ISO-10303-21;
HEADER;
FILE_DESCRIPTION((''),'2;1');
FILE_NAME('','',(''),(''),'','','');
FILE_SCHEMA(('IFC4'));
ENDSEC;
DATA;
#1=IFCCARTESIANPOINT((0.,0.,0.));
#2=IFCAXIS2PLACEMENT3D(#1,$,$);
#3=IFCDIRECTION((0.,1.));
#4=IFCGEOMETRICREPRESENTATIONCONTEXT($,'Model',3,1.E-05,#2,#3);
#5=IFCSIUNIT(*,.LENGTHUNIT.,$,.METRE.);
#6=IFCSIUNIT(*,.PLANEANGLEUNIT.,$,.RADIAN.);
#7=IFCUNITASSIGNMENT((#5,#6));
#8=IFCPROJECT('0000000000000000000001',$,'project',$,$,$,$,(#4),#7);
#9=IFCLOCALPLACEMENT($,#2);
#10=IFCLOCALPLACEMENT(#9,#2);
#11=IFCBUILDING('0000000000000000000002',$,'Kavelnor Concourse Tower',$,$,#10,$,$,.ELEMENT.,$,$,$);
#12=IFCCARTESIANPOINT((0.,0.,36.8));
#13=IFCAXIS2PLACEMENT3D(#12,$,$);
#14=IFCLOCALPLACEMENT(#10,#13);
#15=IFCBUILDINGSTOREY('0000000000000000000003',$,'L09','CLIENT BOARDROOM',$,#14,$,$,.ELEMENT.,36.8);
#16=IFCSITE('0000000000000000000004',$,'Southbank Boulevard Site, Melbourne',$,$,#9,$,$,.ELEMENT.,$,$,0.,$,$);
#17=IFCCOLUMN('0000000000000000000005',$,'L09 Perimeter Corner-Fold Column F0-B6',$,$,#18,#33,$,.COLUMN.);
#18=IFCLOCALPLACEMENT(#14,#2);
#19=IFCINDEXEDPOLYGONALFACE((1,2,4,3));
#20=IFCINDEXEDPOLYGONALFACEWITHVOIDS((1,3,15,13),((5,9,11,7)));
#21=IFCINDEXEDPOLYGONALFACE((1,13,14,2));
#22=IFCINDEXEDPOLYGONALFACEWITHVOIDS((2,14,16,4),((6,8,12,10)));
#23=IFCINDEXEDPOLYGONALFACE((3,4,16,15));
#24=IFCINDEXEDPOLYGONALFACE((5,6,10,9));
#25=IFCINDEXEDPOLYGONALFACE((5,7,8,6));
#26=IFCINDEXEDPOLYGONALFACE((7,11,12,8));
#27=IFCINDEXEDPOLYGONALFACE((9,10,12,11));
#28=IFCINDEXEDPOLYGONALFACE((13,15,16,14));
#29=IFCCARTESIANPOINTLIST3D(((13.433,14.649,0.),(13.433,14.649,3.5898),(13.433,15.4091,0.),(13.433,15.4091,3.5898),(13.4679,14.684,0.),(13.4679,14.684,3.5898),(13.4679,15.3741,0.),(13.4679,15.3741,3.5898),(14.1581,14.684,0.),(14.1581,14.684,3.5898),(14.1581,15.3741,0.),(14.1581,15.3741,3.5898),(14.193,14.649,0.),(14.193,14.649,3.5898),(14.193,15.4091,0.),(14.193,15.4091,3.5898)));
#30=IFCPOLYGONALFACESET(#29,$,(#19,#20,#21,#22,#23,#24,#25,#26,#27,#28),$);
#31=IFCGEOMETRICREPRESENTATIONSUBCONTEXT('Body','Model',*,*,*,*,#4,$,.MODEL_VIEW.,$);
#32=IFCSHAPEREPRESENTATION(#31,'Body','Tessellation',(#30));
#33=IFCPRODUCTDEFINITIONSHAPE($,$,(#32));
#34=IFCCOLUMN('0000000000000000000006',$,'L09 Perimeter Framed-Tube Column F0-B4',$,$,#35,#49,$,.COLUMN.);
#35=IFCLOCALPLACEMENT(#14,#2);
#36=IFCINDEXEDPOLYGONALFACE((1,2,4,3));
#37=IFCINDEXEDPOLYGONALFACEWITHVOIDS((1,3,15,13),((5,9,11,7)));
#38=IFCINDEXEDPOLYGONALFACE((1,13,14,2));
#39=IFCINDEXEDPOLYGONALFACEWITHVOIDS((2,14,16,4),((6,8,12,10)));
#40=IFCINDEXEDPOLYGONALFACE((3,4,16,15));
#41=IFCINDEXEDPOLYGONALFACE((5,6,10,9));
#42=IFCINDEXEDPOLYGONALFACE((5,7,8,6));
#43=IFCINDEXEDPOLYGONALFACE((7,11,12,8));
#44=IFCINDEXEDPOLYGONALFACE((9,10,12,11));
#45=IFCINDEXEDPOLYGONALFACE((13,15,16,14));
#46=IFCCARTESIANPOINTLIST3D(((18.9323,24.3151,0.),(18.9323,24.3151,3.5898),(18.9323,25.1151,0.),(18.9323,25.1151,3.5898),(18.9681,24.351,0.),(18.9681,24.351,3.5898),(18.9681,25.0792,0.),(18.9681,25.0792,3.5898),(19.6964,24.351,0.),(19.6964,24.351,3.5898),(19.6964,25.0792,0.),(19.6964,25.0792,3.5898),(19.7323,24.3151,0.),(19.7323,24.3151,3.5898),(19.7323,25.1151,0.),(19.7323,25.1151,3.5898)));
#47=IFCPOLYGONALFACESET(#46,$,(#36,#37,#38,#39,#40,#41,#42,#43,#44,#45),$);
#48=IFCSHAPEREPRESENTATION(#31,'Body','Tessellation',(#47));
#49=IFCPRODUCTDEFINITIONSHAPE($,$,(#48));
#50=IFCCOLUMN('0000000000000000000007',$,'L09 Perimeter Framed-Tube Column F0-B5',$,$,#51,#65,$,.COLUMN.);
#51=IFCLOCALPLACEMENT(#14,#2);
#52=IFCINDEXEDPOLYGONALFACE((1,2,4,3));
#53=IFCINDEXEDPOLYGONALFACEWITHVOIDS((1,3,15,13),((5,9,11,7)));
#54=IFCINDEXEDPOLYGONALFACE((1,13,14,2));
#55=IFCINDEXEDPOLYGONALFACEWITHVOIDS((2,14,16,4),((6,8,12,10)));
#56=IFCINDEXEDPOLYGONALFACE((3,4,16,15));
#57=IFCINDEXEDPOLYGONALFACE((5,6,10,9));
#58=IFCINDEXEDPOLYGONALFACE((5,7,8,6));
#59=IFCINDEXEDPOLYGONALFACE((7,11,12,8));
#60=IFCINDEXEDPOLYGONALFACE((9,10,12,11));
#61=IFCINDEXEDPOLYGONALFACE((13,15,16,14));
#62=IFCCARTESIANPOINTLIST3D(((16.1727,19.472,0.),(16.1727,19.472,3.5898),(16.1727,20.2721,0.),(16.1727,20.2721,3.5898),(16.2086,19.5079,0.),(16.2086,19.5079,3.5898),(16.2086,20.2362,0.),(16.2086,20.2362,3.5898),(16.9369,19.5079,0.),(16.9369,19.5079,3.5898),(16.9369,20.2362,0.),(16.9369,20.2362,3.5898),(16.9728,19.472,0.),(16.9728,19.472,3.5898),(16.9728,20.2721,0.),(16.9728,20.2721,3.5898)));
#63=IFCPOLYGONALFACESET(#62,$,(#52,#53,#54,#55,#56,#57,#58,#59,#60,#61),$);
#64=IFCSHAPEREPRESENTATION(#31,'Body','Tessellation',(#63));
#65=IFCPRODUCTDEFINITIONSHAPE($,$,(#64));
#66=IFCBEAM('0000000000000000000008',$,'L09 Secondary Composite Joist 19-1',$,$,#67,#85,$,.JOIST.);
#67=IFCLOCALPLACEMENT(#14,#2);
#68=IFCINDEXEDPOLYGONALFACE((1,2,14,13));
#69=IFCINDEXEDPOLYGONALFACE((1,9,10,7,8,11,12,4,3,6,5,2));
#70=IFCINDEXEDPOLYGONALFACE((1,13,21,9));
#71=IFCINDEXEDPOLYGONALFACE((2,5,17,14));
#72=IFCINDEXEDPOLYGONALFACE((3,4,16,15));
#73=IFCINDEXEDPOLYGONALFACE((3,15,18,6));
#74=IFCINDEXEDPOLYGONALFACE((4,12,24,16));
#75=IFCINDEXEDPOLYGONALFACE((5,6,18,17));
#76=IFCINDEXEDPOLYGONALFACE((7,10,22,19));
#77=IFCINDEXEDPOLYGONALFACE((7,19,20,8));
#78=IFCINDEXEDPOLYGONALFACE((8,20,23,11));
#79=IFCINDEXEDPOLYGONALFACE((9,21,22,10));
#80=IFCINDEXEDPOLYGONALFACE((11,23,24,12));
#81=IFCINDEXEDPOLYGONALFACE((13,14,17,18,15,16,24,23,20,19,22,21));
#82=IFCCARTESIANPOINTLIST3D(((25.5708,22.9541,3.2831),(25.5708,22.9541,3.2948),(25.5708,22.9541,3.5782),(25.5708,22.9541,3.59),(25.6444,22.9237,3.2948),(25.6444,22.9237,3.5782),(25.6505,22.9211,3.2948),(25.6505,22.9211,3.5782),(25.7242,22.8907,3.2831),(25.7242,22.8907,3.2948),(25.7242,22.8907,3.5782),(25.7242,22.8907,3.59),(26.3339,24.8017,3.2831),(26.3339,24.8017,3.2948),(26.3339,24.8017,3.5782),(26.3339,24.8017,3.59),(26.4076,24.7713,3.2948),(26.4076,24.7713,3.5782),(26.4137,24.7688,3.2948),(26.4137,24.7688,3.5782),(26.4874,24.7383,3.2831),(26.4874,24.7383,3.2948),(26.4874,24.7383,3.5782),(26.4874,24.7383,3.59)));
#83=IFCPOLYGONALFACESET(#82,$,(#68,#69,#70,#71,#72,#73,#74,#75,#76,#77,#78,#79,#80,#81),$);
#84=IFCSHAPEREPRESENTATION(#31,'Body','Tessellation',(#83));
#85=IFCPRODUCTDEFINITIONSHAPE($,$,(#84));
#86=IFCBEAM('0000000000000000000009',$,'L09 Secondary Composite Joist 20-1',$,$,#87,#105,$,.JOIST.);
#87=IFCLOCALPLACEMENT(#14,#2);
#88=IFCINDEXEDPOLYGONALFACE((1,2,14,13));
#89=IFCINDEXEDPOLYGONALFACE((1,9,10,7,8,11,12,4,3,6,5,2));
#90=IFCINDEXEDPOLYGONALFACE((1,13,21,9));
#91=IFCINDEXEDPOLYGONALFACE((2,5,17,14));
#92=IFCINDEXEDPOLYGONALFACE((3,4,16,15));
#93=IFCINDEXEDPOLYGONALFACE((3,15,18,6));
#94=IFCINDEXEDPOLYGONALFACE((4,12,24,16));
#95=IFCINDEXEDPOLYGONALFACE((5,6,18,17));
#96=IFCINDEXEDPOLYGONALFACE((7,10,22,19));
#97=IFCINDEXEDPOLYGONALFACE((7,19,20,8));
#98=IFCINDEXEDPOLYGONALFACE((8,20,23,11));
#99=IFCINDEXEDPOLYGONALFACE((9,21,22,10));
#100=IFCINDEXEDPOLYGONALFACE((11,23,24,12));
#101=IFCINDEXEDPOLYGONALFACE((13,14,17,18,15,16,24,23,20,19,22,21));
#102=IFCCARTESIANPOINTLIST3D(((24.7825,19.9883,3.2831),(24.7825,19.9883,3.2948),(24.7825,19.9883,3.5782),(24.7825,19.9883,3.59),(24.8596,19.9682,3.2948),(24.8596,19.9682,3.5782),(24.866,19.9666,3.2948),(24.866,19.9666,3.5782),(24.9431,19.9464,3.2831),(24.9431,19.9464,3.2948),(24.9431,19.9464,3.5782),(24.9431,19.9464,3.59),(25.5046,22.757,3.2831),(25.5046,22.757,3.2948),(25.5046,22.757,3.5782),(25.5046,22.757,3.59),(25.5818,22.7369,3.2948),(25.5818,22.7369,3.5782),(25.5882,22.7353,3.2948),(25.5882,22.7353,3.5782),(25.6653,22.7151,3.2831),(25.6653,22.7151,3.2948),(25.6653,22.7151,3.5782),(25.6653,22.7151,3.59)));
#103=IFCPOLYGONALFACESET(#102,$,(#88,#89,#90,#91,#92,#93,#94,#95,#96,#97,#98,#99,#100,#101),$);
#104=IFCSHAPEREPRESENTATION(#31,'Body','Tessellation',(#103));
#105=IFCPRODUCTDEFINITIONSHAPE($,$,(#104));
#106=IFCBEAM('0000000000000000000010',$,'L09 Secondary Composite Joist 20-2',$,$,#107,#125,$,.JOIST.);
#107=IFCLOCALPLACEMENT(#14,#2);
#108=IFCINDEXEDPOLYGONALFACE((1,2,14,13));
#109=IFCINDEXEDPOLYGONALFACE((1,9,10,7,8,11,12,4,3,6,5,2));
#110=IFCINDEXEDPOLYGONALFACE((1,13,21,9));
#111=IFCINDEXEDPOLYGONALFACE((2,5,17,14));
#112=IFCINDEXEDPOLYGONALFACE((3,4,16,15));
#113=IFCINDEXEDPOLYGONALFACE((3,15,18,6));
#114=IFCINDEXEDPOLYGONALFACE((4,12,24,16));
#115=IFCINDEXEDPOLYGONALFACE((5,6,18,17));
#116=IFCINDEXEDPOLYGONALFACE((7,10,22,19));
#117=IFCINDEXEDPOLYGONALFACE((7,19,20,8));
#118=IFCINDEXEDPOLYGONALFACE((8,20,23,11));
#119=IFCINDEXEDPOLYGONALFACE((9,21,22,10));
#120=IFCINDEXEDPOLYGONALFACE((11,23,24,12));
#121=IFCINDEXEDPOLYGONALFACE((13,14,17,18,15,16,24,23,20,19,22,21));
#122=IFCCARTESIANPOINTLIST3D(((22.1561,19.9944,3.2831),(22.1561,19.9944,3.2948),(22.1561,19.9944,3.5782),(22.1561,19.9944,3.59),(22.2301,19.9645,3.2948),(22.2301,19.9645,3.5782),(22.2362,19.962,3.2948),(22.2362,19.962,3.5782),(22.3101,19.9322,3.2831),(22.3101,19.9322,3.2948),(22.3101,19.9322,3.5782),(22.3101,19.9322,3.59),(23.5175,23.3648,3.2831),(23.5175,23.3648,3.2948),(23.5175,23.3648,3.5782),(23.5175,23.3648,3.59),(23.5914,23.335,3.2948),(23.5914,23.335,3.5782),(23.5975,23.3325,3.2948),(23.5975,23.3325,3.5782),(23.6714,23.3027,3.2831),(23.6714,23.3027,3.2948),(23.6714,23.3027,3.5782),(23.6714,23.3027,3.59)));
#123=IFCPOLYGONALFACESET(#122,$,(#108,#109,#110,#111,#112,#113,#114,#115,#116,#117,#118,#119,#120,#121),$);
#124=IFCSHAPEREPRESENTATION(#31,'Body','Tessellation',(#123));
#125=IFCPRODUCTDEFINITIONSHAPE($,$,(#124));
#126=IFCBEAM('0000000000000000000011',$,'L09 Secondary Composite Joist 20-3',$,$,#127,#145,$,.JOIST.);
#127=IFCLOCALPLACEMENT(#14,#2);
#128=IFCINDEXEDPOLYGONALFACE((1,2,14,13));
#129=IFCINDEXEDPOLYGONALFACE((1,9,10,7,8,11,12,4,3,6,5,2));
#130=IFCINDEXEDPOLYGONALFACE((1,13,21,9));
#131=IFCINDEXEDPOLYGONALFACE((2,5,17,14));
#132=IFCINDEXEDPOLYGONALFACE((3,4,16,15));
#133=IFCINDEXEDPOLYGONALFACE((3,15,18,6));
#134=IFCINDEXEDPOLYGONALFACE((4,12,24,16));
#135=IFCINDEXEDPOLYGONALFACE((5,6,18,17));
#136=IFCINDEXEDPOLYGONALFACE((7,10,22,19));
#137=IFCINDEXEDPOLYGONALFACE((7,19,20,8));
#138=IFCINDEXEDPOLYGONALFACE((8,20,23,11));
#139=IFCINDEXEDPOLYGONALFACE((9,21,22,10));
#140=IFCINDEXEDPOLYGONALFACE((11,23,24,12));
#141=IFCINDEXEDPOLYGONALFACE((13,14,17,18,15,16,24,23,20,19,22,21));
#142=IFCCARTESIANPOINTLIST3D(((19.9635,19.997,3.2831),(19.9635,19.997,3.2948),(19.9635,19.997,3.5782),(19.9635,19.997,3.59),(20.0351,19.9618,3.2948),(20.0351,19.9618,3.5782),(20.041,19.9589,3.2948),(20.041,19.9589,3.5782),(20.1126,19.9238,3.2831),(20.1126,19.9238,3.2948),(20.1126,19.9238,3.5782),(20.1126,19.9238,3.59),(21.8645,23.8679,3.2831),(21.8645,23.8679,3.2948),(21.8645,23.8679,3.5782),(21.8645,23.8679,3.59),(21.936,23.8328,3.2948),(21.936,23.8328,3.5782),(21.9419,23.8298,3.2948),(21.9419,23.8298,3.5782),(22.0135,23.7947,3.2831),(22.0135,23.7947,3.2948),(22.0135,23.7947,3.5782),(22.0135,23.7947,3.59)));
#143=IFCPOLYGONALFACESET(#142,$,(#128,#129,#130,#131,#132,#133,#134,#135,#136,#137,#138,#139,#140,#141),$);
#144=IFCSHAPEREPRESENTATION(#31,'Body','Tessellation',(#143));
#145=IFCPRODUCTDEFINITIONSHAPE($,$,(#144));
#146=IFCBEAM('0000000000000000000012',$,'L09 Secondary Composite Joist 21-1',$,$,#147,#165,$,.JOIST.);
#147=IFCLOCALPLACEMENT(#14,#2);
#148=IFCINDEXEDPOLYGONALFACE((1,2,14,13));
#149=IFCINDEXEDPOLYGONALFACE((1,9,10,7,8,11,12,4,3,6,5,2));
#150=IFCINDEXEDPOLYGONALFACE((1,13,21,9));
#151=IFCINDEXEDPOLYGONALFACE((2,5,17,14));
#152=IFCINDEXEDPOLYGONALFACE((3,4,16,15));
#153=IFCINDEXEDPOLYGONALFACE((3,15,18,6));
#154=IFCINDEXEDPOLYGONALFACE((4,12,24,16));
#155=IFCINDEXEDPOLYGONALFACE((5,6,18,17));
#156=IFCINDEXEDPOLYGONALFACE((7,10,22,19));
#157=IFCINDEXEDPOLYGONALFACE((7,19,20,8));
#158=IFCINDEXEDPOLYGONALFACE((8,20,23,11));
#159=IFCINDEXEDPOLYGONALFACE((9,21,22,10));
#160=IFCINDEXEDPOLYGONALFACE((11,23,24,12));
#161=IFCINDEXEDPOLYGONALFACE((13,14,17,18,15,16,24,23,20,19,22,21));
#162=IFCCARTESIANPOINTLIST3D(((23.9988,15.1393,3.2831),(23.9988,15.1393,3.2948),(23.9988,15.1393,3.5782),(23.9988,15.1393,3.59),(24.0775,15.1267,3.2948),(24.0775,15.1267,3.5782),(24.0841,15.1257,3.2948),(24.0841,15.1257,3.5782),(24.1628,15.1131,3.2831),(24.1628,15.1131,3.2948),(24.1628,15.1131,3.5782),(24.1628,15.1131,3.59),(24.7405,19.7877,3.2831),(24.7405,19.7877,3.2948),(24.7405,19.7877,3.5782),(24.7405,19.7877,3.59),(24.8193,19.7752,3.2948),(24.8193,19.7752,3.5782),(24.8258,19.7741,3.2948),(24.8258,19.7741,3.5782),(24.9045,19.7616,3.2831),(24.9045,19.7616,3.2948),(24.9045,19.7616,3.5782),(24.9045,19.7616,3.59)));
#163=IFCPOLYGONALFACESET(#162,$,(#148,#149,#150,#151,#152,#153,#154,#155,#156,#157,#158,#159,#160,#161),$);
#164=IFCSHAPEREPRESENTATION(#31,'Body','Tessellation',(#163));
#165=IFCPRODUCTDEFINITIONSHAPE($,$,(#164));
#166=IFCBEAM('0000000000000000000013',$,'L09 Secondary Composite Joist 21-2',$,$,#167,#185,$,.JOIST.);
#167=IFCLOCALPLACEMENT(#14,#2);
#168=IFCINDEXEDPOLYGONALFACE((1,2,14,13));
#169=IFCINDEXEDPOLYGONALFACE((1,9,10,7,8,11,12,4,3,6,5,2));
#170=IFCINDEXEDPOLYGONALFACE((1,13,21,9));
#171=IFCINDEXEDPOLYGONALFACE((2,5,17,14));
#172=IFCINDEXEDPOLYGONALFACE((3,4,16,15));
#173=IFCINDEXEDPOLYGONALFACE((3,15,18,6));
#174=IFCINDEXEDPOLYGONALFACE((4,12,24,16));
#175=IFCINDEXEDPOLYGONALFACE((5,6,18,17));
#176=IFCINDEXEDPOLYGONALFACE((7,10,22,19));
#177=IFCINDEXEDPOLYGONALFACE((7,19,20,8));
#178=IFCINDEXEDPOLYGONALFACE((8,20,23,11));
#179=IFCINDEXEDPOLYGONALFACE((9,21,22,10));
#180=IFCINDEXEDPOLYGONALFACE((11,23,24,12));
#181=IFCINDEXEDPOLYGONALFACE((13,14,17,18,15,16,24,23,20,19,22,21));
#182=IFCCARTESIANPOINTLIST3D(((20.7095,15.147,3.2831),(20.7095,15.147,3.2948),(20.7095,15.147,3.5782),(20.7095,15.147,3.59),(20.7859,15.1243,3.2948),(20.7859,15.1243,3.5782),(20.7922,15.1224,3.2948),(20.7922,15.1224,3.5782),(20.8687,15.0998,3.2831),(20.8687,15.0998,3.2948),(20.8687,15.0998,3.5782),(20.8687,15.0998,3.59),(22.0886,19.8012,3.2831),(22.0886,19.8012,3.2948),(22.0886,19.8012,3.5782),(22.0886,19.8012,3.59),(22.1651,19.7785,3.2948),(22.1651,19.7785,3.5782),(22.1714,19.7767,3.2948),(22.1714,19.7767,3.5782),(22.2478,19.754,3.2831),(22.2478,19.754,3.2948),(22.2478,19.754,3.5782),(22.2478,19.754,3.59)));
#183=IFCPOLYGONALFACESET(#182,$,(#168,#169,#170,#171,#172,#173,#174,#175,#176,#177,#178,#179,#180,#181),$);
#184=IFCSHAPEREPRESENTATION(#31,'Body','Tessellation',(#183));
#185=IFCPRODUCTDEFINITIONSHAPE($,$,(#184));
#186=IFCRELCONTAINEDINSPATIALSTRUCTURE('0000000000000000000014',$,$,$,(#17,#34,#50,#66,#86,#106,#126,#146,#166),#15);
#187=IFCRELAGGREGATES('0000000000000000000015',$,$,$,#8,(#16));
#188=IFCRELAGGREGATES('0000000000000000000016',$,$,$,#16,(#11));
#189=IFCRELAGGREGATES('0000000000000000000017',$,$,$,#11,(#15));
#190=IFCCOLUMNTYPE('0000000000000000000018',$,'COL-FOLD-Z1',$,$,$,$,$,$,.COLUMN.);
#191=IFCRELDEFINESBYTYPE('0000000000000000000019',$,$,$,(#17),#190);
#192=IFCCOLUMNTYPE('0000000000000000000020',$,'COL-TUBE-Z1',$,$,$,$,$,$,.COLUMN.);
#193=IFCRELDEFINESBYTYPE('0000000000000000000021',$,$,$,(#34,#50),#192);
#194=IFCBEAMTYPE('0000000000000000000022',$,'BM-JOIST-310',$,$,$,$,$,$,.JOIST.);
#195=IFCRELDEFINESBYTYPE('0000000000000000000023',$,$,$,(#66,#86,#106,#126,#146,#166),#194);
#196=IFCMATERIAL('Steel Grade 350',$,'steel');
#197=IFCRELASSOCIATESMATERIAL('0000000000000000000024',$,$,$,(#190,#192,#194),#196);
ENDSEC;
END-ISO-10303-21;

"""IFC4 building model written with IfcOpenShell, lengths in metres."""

from ifc_helpers import new_model, si_unit, direction, frame, origin, origin_2d, place, context, subcontext, project, spatial, hollow_rectangle, i_section, extrude, material, material_profile, profile_set, type_object, element, save


model = new_model("IFC4")

# Units and contexts
model_context = context("Model", 3, precision=1e-05, world=origin(), true_north=direction((0.0, 1.0)))
body_context = subcontext(model_context, "Body", "Model", "MODEL_VIEW")
ifc_project = project(units=[si_unit("LENGTHUNIT", "METRE"), si_unit("PLANEANGLEUNIT", "RADIAN")], contexts=[model_context])

# Site, building, storey
site_placement = place(None, origin())
site = spatial("IfcSite", under=ifc_project, at=site_placement, Name="Southbank Boulevard Site, Melbourne", CompositionType="ELEMENT", RefElevation=0.0)
building_placement = place(site_placement, origin())
building = spatial("IfcBuilding", under=site, at=building_placement, Name="Kavelnor Concourse Tower", CompositionType="ELEMENT")
storey_placement = place(building_placement, frame((0.0, 0.0, 36.8)))
storey = spatial("IfcBuildingStorey", under=building, at=storey_placement, Name="L09", Description="CLIENT BOARDROOM", CompositionType="ELEMENT", Elevation=36.8)

# Columns
ifc_material_1 = material(Name="Steel Grade 350", Category="steel")
ifc_material_profile_1 = material_profile(ifc_material_1, hollow_rectangle(XDim=0.76, YDim=0.76, WallThickness=0.0349, at=origin_2d()), Name="SHS 760x760x35")
ifc_profile_set_1 = profile_set([ifc_material_profile_1], Name="Steel Grade 350")
column_type_1 = type_object("IfcColumnType", Name="COL-FOLD-Z1", PredefinedType="COLUMN", material=ifc_profile_set_1)
column_placement = place(storey_placement, frame((13.813, 15.0291, 0.0), z_axis=(0.0, 0.0, 1.0), x_axis=(1.0, 0.0, 0.0)))
element("IfcColumn", 1, at=column_placement, inside=storey, type_object=column_type_1, Name="L09 Perimeter Corner-Fold Column F0-B6", PredefinedType="COLUMN", context=body_context, shape_type="SweptSolid", body=[
    extrude(hollow_rectangle(XDim=0.76, YDim=0.76, WallThickness=0.0349, at=origin_2d()), origin(), (0.0, 0.0, 1.0), 3.5898),
])
ifc_material_profile_2 = material_profile(ifc_material_1, hollow_rectangle(XDim=0.8, YDim=0.8, WallThickness=0.0359, at=origin_2d()), Name="SHS 800x800x36")
ifc_profile_set_2 = profile_set([ifc_material_profile_2], Name="Steel Grade 350")
column_type_2 = type_object("IfcColumnType", Name="COL-TUBE-Z1", PredefinedType="COLUMN", material=ifc_profile_set_2)
for number, where, z_axis, x_axis, name in (
    (2, (19.3323, 24.7151, 0.0), (0.0, 0.0, 1.0), (1.0, 0.0, 0.0), "L09 Perimeter Framed-Tube Column F0-B4"),
    (3, (16.5728, 19.8721, 0.0), (0.0, 0.0, 1.0), (1.0, 0.0, 0.0), "L09 Perimeter Framed-Tube Column F0-B5"),
):
    element("IfcColumn", number, at=place(storey_placement, frame(where, z_axis=z_axis, x_axis=x_axis)), inside=storey, type_object=column_type_2, Name=name, PredefinedType="COLUMN", context=body_context, shape_type="SweptSolid", body=[
        extrude(hollow_rectangle(XDim=0.8, YDim=0.8, WallThickness=0.0359, at=origin_2d()), origin(), (0.0, 0.0, 1.0), 3.5898),
    ])

# Beams
ifc_material_profile_3 = material_profile(ifc_material_1, i_section(OverallWidth=0.166, OverallDepth=0.3069, WebThickness=0.0066, FlangeThickness=0.0117, at=origin_2d()), Name="310UB46")
ifc_profile_set_3 = profile_set([ifc_material_profile_3], Name="Steel Grade 350")
beam_type_1 = type_object("IfcBeamType", Name="BM-JOIST-310", PredefinedType="JOIST", material=ifc_profile_set_3)
beam_1_placement = place(storey_placement, frame((26.4106, 24.77, 3.4365), z_axis=(-0.381769, -0.924258, 0.0), x_axis=(0.924258, -0.381769, 0.0)))
element("IfcBeam", 4, at=beam_1_placement, inside=storey, type_object=beam_type_1, Name="L09 Secondary Composite Joist 19-1", PredefinedType="JOIST", context=body_context, shape_type="SweptSolid", body=[
    extrude(i_section(OverallWidth=0.166, OverallDepth=0.3069, WebThickness=0.0066, FlangeThickness=0.0117, at=origin_2d()), origin(), (0.0, 0.0, 1.0), 1.999),
])
beam_2_placement = place(storey_placement, frame((25.585, 22.7361, 3.4365), z_axis=(-0.25238, -0.967628, 0.0), x_axis=(0.967628, -0.25238, 0.0)))
element("IfcBeam", 5, at=beam_2_placement, inside=storey, type_object=beam_type_1, Name="L09 Secondary Composite Joist 20-1", PredefinedType="JOIST", context=body_context, shape_type="SweptSolid", body=[
    extrude(i_section(OverallWidth=0.166, OverallDepth=0.3069, WebThickness=0.0066, FlangeThickness=0.0117, at=origin_2d()), origin(), (0.0, 0.0, 1.0), 2.8613),
])
beam_3_placement = place(storey_placement, frame((23.5945, 23.3337, 3.4365), z_axis=(-0.374515, -0.927221, 0.0), x_axis=(0.927221, -0.374515, 0.0)))
element("IfcBeam", 6, at=beam_3_placement, inside=storey, type_object=beam_type_1, Name="L09 Secondary Composite Joist 20-2", PredefinedType="JOIST", context=body_context, shape_type="SweptSolid", body=[
    extrude(i_section(OverallWidth=0.166, OverallDepth=0.3069, WebThickness=0.0066, FlangeThickness=0.0117, at=origin_2d()), origin(), (0.0, 0.0, 1.0), 3.635),
])
beam_4_placement = place(storey_placement, frame((21.939, 23.8313, 3.4365), z_axis=(-0.440793, -0.897609, 0.0), x_axis=(0.897609, -0.440793, 0.0)))
element("IfcBeam", 7, at=beam_4_placement, inside=storey, type_object=beam_type_1, Name="L09 Secondary Composite Joist 20-3", PredefinedType="JOIST", context=body_context, shape_type="SweptSolid", body=[
    extrude(i_section(OverallWidth=0.166, OverallDepth=0.3069, WebThickness=0.0066, FlangeThickness=0.0117, at=origin_2d()), origin(), (0.0, 0.0, 1.0), 4.3125),
])
beam_5_placement = place(storey_placement, frame((24.8225, 19.7747, 3.4365), z_axis=(-0.157566, -0.987509, 0.0), x_axis=(0.987509, -0.157566, 0.0)))
element("IfcBeam", 8, at=beam_5_placement, inside=storey, type_object=beam_type_1, Name="L09 Secondary Composite Joist 21-1", PredefinedType="JOIST", context=body_context, shape_type="SweptSolid", body=[
    extrude(i_section(OverallWidth=0.166, OverallDepth=0.3069, WebThickness=0.0066, FlangeThickness=0.0117, at=origin_2d()), origin(), (0.0, 0.0, 1.0), 4.7073),
])
beam_6_placement = place(storey_placement, frame((22.1682, 19.7776, 3.4365), z_axis=(-0.284107, -0.958793, 0.0), x_axis=(0.958793, -0.284107, 0.0)))
element("IfcBeam", 9, at=beam_6_placement, inside=storey, type_object=beam_type_1, Name="L09 Secondary Composite Joist 21-2", PredefinedType="JOIST", context=body_context, shape_type="SweptSolid", body=[
    extrude(i_section(OverallWidth=0.166, OverallDepth=0.3069, WebThickness=0.0066, FlangeThickness=0.0117, at=origin_2d()), origin(), (0.0, 0.0, 1.0), 4.8542),
])

save(model, "model.ifc")
